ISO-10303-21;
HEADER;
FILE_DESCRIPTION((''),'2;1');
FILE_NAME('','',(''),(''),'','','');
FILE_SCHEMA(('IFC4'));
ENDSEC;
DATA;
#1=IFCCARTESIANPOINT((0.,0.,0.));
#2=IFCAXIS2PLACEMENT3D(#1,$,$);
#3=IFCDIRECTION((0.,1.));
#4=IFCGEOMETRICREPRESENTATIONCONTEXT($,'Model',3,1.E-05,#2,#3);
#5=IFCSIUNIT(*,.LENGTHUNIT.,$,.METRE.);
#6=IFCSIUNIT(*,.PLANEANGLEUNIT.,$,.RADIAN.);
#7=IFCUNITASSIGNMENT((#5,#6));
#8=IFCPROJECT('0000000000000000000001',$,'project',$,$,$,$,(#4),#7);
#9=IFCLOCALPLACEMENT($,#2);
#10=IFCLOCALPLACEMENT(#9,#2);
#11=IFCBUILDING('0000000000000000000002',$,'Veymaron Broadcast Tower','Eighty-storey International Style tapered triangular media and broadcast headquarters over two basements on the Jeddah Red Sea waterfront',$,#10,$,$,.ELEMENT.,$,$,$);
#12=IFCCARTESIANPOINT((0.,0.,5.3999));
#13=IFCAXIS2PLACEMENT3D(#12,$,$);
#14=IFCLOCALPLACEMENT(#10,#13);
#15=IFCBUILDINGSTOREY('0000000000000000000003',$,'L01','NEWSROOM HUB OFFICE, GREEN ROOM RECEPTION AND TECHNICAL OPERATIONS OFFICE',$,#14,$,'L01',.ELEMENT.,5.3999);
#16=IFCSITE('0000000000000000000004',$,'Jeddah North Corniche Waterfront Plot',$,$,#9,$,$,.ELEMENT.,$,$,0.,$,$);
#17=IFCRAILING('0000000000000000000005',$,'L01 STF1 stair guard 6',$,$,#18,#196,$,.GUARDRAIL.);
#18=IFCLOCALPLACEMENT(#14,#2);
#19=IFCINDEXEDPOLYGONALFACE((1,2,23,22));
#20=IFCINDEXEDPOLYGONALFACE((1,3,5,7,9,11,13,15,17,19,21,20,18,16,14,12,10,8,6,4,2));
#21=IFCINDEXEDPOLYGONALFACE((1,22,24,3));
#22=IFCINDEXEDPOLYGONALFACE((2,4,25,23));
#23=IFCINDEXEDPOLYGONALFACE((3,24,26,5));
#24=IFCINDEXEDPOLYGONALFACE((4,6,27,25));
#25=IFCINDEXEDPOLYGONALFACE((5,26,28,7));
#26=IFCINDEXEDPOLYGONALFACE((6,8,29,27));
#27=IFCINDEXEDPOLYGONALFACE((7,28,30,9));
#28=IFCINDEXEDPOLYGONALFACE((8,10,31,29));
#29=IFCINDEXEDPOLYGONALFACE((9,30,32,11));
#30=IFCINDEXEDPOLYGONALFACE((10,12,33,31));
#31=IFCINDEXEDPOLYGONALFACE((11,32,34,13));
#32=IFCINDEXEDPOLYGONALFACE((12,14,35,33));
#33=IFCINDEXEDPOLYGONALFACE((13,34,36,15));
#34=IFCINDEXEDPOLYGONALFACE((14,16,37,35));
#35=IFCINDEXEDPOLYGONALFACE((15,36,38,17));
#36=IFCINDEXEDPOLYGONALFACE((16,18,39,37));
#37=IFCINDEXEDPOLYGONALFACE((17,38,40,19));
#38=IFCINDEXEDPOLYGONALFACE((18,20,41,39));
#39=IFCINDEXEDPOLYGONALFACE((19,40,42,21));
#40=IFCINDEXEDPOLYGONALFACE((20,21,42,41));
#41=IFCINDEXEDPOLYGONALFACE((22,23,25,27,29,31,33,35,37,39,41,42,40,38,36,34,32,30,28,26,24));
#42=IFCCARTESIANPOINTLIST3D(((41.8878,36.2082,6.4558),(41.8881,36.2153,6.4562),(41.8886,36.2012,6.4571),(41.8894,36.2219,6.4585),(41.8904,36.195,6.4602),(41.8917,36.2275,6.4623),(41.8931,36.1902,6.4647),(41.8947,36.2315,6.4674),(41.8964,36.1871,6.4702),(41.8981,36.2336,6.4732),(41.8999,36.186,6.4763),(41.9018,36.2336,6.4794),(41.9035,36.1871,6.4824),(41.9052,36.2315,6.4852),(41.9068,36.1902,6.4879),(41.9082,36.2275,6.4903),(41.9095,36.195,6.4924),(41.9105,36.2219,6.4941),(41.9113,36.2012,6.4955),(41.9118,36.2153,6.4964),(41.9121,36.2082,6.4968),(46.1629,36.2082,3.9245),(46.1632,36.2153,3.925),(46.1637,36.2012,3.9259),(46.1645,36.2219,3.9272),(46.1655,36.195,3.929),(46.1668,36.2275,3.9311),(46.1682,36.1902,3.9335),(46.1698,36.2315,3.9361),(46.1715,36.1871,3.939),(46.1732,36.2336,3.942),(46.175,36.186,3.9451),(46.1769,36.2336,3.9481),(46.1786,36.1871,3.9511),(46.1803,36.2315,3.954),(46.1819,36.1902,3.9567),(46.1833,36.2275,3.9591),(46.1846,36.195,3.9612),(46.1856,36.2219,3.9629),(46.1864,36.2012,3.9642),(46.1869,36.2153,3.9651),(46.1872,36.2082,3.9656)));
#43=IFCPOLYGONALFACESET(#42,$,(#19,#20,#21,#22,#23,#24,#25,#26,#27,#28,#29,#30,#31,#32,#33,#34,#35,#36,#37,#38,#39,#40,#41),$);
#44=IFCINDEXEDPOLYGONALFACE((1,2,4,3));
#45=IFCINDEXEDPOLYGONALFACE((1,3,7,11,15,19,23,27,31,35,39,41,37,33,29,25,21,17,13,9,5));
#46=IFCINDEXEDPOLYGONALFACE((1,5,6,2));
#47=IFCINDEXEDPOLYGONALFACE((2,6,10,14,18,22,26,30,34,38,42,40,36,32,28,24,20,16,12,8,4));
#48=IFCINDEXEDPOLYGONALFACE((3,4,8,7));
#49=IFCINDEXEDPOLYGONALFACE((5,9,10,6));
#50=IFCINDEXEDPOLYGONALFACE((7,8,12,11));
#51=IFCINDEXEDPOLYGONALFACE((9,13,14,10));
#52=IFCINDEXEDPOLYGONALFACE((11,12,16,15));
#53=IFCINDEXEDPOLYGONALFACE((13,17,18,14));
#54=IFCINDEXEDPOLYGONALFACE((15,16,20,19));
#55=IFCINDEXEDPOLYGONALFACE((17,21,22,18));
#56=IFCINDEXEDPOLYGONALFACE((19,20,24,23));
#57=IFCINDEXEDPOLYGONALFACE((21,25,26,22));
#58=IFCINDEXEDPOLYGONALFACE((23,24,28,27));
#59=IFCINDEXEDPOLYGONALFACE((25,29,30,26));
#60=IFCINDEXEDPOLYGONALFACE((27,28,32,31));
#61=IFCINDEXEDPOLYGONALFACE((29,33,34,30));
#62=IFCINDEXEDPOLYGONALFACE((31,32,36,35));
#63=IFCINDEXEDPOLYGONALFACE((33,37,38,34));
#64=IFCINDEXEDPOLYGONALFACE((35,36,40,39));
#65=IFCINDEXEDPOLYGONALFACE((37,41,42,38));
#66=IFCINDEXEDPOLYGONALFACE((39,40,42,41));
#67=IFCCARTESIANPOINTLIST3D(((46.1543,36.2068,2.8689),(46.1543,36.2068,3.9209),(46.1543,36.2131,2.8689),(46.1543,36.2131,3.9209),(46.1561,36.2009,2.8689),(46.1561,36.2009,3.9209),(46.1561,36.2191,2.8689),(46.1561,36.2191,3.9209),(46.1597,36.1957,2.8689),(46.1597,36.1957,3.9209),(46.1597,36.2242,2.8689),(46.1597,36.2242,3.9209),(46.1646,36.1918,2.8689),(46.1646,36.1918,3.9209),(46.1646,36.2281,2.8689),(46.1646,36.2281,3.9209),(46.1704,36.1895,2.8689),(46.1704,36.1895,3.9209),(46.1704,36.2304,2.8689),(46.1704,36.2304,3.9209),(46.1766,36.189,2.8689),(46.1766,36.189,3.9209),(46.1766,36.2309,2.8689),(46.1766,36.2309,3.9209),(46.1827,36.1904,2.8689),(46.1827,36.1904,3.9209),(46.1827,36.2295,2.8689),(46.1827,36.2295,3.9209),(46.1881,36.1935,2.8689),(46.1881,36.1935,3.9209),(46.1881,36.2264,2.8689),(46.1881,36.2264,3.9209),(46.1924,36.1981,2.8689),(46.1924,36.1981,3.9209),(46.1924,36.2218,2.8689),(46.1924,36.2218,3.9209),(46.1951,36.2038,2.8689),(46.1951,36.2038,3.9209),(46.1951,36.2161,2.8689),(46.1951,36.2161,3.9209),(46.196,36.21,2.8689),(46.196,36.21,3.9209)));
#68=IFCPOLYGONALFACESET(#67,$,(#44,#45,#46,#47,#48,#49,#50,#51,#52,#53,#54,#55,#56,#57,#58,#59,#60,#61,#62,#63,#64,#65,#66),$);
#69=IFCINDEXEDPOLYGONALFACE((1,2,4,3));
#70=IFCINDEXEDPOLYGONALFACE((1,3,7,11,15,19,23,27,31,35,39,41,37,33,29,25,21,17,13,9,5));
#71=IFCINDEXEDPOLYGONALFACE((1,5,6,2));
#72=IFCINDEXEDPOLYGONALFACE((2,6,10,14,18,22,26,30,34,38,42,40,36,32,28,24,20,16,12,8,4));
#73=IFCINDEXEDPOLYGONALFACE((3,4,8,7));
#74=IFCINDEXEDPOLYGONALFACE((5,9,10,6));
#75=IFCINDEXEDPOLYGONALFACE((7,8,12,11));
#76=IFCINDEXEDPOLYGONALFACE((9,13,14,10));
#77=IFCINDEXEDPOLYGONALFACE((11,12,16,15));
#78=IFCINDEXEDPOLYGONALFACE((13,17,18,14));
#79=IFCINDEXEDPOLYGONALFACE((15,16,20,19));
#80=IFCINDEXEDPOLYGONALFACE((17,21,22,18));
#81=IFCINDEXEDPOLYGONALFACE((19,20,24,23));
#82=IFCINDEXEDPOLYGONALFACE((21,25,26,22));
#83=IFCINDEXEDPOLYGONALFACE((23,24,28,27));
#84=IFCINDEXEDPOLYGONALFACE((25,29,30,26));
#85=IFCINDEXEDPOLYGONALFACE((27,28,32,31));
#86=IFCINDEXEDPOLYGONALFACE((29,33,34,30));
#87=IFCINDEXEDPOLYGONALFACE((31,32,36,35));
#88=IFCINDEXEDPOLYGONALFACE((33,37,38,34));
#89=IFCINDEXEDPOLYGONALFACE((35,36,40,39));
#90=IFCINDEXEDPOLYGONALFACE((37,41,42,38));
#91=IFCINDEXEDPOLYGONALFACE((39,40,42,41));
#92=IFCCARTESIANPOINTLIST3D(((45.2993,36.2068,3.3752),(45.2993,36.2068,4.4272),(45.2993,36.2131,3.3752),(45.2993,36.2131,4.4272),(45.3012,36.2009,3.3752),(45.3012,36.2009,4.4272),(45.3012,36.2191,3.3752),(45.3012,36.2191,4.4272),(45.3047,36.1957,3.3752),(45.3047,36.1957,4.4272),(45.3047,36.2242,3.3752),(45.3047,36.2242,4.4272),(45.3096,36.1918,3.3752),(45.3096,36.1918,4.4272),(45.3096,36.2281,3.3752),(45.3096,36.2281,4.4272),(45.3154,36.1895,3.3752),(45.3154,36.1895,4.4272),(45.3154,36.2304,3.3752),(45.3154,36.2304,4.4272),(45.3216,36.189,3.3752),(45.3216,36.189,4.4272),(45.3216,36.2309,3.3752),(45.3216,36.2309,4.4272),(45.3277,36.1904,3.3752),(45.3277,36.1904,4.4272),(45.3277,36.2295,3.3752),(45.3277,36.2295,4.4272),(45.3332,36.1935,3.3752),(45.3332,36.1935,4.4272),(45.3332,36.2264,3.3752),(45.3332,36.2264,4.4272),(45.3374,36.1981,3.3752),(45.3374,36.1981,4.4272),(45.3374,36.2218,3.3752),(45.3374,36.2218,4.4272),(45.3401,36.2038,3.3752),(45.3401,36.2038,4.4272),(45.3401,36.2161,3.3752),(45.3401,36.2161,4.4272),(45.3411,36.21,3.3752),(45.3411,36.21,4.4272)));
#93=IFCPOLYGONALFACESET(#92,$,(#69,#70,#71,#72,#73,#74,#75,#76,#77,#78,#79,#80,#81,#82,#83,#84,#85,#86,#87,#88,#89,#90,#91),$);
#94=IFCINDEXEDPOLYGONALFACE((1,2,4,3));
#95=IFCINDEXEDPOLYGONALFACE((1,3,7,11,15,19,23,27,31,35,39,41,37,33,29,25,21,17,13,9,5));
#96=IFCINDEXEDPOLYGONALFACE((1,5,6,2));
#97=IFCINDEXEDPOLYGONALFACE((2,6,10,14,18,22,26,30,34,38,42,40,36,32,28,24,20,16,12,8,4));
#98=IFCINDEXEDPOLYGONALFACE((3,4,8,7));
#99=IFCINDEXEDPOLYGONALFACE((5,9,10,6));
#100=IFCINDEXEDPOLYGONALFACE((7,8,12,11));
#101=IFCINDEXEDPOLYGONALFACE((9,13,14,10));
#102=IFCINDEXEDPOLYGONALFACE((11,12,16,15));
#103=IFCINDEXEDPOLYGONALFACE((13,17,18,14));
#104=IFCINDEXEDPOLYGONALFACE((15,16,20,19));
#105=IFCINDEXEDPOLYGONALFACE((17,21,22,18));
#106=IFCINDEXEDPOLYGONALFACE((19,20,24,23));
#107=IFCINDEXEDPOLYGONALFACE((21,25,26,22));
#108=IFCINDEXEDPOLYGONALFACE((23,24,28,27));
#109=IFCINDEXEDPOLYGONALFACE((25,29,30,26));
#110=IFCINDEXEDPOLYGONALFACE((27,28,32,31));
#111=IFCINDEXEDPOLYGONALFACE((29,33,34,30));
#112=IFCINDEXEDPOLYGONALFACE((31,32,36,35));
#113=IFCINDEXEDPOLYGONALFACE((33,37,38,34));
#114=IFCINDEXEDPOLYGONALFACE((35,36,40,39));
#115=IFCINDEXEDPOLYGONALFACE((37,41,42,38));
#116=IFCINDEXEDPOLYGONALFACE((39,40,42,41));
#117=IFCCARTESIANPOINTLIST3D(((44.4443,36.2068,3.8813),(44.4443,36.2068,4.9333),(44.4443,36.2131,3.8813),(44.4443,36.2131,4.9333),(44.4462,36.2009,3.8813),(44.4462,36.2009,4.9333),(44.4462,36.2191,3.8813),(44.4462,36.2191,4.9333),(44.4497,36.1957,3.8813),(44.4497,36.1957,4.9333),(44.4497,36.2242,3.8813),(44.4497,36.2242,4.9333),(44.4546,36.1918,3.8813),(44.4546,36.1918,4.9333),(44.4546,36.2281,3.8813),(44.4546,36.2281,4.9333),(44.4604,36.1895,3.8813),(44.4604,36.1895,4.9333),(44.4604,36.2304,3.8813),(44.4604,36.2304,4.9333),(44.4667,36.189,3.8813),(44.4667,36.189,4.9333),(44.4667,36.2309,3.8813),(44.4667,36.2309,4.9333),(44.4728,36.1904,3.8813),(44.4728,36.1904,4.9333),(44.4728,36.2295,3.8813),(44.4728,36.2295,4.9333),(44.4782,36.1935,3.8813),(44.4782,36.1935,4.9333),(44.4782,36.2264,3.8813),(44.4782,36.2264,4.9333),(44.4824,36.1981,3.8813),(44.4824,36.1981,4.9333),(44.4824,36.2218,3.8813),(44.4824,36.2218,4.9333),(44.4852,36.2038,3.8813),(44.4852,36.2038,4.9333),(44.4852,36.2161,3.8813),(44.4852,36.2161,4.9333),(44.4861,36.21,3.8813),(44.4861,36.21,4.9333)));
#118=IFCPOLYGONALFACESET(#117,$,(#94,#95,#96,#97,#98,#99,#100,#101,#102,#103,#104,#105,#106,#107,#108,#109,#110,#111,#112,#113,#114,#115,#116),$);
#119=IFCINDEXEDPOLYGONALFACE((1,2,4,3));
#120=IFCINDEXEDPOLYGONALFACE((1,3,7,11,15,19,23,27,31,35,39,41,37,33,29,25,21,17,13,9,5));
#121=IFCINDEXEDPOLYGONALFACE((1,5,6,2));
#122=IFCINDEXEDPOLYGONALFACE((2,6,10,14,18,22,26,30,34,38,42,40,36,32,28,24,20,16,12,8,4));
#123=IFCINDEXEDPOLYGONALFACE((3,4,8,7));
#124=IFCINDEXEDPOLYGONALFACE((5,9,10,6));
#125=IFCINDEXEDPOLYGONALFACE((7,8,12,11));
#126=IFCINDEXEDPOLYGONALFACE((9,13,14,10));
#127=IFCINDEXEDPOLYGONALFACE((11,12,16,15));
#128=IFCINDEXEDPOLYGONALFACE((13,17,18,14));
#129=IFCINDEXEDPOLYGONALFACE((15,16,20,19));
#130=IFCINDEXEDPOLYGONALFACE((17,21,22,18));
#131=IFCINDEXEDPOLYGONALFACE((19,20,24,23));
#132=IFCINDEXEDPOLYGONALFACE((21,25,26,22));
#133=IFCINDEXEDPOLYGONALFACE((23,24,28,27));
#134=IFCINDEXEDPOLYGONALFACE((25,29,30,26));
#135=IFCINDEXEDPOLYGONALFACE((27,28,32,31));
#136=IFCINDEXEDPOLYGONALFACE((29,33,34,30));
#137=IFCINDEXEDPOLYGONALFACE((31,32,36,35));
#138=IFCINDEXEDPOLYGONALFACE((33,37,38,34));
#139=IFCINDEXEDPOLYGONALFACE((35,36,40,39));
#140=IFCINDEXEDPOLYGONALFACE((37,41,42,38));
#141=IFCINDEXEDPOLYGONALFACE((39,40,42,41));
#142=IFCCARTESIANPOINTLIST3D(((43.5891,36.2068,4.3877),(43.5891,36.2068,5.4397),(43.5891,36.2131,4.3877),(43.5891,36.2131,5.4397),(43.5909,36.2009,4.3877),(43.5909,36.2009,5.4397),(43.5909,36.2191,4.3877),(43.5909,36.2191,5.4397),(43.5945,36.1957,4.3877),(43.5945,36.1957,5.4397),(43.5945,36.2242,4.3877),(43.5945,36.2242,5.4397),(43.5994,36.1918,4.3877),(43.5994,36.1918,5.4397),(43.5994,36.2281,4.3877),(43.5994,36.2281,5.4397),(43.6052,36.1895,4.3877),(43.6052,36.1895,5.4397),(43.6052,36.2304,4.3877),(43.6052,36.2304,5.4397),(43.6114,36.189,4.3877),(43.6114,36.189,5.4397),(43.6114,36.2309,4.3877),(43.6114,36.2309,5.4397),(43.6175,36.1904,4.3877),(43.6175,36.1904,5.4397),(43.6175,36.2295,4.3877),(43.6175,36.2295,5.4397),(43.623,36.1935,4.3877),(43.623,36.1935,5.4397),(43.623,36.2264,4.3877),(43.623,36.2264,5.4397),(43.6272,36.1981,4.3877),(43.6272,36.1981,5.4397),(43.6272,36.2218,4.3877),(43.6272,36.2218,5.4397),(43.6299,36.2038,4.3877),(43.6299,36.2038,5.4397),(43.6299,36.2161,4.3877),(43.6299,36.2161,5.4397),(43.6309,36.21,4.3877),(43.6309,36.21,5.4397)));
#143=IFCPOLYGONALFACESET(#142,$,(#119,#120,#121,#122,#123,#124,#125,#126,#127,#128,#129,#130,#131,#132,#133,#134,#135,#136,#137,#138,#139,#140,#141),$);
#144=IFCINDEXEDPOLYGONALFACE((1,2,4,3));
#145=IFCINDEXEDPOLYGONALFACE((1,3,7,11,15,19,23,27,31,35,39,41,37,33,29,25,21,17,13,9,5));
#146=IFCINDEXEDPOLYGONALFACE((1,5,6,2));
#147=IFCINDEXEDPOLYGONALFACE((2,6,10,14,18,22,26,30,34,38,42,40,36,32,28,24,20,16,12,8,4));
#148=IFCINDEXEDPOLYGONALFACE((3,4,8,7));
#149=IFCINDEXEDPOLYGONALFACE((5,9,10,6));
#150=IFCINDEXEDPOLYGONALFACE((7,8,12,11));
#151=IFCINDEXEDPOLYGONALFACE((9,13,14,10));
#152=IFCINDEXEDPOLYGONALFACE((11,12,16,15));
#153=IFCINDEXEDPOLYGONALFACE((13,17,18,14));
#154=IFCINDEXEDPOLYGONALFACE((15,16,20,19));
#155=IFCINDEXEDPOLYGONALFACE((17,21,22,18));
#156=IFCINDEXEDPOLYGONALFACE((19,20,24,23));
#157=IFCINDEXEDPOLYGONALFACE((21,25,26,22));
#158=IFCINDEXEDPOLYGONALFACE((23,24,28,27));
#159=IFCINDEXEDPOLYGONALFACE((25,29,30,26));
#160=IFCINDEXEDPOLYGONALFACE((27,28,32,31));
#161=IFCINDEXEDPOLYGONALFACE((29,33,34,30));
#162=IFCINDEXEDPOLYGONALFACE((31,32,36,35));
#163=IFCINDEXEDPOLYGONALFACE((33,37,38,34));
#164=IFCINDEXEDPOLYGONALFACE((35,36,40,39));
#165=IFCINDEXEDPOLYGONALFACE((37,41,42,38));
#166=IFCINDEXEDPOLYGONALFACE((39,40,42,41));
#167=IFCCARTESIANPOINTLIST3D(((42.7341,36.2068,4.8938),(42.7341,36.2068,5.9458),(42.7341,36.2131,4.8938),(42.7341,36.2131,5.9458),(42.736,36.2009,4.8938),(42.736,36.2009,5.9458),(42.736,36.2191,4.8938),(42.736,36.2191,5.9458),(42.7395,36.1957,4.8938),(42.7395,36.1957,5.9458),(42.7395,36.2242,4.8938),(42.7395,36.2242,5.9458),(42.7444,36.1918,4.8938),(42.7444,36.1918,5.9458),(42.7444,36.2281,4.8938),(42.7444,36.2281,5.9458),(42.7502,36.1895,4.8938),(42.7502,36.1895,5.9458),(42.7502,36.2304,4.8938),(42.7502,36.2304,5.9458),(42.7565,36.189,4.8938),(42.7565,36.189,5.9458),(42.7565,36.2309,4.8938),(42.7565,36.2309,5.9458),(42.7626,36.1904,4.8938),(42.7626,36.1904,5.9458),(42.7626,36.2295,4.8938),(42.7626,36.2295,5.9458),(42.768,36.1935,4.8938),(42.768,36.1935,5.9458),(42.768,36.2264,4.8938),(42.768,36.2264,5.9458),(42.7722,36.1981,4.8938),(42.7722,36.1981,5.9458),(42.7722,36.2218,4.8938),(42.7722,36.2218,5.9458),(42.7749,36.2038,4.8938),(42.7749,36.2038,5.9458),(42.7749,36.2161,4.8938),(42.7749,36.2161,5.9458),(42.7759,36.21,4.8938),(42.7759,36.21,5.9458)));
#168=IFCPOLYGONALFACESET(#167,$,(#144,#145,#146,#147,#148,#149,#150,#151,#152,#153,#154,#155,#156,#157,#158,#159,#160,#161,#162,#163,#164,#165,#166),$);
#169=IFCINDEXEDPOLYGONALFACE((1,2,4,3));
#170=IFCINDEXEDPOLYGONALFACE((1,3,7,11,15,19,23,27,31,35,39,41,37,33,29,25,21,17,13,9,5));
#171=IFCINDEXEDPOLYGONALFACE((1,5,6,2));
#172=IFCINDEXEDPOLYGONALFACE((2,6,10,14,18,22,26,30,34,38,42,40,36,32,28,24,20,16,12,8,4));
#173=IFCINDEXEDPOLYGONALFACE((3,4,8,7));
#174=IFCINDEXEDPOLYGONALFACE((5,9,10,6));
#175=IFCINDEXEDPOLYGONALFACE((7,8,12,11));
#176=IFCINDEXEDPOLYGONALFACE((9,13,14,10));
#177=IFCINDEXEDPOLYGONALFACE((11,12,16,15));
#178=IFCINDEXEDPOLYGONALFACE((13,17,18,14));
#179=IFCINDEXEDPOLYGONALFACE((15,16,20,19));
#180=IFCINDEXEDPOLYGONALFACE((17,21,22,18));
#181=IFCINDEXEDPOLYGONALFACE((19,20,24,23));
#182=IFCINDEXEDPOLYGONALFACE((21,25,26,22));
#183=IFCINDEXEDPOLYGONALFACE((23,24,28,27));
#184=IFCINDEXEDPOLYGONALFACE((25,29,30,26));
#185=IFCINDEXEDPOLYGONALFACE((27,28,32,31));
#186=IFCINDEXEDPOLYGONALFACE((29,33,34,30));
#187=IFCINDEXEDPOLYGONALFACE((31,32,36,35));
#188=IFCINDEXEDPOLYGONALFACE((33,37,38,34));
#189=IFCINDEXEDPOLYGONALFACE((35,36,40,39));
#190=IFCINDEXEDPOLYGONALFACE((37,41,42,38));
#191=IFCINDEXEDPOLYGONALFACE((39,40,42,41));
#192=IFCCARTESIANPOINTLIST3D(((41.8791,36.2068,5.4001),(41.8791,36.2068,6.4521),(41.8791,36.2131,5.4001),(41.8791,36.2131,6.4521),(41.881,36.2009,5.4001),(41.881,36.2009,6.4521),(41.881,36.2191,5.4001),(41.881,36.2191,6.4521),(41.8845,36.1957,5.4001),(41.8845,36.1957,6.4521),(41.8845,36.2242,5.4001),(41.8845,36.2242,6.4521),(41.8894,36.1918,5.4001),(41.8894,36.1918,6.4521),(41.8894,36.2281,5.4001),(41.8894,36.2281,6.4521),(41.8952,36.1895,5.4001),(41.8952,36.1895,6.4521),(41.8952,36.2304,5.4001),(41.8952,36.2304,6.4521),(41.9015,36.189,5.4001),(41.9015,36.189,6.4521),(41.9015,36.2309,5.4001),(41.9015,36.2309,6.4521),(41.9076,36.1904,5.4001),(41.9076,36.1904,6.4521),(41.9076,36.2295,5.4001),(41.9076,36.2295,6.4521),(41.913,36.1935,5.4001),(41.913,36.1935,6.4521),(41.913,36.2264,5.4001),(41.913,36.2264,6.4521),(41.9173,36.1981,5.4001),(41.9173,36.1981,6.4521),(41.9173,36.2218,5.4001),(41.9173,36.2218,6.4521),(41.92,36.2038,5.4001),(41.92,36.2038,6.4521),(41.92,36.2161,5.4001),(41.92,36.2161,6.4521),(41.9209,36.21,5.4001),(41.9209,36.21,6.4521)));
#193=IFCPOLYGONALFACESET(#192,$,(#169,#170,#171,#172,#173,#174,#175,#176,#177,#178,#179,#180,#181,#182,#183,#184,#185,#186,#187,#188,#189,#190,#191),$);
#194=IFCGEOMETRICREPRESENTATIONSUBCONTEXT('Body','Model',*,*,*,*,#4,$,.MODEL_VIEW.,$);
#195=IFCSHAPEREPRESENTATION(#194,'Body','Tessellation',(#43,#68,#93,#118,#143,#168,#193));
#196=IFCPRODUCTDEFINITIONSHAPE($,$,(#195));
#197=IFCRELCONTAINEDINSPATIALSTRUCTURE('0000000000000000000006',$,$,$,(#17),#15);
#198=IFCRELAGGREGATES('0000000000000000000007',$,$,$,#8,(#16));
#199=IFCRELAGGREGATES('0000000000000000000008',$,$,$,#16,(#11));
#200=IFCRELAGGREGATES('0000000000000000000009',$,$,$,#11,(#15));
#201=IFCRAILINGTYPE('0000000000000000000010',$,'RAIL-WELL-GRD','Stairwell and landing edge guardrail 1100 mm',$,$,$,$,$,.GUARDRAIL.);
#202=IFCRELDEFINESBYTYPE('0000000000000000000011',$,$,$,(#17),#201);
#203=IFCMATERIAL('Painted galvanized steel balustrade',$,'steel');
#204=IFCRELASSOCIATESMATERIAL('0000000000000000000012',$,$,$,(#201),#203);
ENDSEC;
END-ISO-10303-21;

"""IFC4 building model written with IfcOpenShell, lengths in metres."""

from ifc_helpers import new_model, si_unit, direction, frame, origin, origin_2d, place, context, subcontext, project, spatial, circle, extrude, material, type_object, element, save


model = new_model("IFC4")

# Units and contexts
model_context = context("Model", 3, precision=1e-05, world=origin(), true_north=direction((0.0, 1.0)))
body_context = subcontext(model_context, "Body", "Model", "MODEL_VIEW")
ifc_project = project(units=[si_unit("LENGTHUNIT", "METRE"), si_unit("PLANEANGLEUNIT", "RADIAN")], contexts=[model_context])

# Site, building, storey
site_placement = place(None, origin())
site = spatial("IfcSite", under=ifc_project, at=site_placement, Name="Jeddah North Corniche Waterfront Plot", CompositionType="ELEMENT", RefElevation=0.0)
building_placement = place(site_placement, origin())
building = spatial("IfcBuilding", under=site, at=building_placement, Name="Veymaron Broadcast Tower", Description="Eighty-storey International Style tapered triangular media and broadcast headquarters over two basements on the Jeddah Red Sea waterfront", CompositionType="ELEMENT")
storey_placement = place(building_placement, frame((0.0, 0.0, 5.3999)))
storey = spatial("IfcBuildingStorey", under=building, at=storey_placement, Name="L01", Description="NEWSROOM HUB OFFICE, GREEN ROOM RECEPTION AND TECHNICAL OPERATIONS OFFICE", LongName="L01", CompositionType="ELEMENT", Elevation=5.3999)

# Railing
ifc_material_1 = material(Name="Painted galvanized steel balustrade", Category="steel")
railing_type_1 = type_object("IfcRailingType", Name="RAIL-WELL-GRD", Description="Stairwell and landing edge guardrail 1100 mm", PredefinedType="GUARDRAIL", material=ifc_material_1)
railing_1_placement = place(storey_placement, frame((46.175, 36.21, 2.8689)))
element("IfcRailing", 1, at=railing_1_placement, inside=storey, type_object=railing_type_1, Name="L01 STF1 stair guard 6", PredefinedType="GUARDRAIL", context=body_context, shape_type="SweptSolid", body=[
    extrude(circle(Radius=0.0239, at=origin_2d()), frame((0.0, 0.0, 1.0762), z_axis=(-0.860483, 0.0, 0.509479), x_axis=(0.0, -1.0, 0.0)), (0.0, 0.0, 1.0), 4.9683),
    extrude(circle(Radius=0.021, at=origin_2d()), origin(), (0.0, 0.0, 1.0), 1.052),
    extrude(circle(Radius=0.021, at=origin_2d()), frame((-0.855, 0.0, 0.5063)), (0.0, 0.0, 1.0), 1.052),
    extrude(circle(Radius=0.021, at=origin_2d()), frame((-1.71, 0.0, 1.0125)), (0.0, 0.0, 1.0), 1.052),
    extrude(circle(Radius=0.021, at=origin_2d()), frame((-2.5652, 0.0, 1.5188)), (0.0, 0.0, 1.0), 1.052),
    extrude(circle(Radius=0.021, at=origin_2d()), frame((-3.4202, 0.0, 2.0249)), (0.0, 0.0, 1.0), 1.052),
    extrude(circle(Radius=0.021, at=origin_2d()), frame((-4.2751, 0.0, 2.5312)), (0.0, 0.0, 1.0), 1.052),
])

save(model, "model.ifc")
